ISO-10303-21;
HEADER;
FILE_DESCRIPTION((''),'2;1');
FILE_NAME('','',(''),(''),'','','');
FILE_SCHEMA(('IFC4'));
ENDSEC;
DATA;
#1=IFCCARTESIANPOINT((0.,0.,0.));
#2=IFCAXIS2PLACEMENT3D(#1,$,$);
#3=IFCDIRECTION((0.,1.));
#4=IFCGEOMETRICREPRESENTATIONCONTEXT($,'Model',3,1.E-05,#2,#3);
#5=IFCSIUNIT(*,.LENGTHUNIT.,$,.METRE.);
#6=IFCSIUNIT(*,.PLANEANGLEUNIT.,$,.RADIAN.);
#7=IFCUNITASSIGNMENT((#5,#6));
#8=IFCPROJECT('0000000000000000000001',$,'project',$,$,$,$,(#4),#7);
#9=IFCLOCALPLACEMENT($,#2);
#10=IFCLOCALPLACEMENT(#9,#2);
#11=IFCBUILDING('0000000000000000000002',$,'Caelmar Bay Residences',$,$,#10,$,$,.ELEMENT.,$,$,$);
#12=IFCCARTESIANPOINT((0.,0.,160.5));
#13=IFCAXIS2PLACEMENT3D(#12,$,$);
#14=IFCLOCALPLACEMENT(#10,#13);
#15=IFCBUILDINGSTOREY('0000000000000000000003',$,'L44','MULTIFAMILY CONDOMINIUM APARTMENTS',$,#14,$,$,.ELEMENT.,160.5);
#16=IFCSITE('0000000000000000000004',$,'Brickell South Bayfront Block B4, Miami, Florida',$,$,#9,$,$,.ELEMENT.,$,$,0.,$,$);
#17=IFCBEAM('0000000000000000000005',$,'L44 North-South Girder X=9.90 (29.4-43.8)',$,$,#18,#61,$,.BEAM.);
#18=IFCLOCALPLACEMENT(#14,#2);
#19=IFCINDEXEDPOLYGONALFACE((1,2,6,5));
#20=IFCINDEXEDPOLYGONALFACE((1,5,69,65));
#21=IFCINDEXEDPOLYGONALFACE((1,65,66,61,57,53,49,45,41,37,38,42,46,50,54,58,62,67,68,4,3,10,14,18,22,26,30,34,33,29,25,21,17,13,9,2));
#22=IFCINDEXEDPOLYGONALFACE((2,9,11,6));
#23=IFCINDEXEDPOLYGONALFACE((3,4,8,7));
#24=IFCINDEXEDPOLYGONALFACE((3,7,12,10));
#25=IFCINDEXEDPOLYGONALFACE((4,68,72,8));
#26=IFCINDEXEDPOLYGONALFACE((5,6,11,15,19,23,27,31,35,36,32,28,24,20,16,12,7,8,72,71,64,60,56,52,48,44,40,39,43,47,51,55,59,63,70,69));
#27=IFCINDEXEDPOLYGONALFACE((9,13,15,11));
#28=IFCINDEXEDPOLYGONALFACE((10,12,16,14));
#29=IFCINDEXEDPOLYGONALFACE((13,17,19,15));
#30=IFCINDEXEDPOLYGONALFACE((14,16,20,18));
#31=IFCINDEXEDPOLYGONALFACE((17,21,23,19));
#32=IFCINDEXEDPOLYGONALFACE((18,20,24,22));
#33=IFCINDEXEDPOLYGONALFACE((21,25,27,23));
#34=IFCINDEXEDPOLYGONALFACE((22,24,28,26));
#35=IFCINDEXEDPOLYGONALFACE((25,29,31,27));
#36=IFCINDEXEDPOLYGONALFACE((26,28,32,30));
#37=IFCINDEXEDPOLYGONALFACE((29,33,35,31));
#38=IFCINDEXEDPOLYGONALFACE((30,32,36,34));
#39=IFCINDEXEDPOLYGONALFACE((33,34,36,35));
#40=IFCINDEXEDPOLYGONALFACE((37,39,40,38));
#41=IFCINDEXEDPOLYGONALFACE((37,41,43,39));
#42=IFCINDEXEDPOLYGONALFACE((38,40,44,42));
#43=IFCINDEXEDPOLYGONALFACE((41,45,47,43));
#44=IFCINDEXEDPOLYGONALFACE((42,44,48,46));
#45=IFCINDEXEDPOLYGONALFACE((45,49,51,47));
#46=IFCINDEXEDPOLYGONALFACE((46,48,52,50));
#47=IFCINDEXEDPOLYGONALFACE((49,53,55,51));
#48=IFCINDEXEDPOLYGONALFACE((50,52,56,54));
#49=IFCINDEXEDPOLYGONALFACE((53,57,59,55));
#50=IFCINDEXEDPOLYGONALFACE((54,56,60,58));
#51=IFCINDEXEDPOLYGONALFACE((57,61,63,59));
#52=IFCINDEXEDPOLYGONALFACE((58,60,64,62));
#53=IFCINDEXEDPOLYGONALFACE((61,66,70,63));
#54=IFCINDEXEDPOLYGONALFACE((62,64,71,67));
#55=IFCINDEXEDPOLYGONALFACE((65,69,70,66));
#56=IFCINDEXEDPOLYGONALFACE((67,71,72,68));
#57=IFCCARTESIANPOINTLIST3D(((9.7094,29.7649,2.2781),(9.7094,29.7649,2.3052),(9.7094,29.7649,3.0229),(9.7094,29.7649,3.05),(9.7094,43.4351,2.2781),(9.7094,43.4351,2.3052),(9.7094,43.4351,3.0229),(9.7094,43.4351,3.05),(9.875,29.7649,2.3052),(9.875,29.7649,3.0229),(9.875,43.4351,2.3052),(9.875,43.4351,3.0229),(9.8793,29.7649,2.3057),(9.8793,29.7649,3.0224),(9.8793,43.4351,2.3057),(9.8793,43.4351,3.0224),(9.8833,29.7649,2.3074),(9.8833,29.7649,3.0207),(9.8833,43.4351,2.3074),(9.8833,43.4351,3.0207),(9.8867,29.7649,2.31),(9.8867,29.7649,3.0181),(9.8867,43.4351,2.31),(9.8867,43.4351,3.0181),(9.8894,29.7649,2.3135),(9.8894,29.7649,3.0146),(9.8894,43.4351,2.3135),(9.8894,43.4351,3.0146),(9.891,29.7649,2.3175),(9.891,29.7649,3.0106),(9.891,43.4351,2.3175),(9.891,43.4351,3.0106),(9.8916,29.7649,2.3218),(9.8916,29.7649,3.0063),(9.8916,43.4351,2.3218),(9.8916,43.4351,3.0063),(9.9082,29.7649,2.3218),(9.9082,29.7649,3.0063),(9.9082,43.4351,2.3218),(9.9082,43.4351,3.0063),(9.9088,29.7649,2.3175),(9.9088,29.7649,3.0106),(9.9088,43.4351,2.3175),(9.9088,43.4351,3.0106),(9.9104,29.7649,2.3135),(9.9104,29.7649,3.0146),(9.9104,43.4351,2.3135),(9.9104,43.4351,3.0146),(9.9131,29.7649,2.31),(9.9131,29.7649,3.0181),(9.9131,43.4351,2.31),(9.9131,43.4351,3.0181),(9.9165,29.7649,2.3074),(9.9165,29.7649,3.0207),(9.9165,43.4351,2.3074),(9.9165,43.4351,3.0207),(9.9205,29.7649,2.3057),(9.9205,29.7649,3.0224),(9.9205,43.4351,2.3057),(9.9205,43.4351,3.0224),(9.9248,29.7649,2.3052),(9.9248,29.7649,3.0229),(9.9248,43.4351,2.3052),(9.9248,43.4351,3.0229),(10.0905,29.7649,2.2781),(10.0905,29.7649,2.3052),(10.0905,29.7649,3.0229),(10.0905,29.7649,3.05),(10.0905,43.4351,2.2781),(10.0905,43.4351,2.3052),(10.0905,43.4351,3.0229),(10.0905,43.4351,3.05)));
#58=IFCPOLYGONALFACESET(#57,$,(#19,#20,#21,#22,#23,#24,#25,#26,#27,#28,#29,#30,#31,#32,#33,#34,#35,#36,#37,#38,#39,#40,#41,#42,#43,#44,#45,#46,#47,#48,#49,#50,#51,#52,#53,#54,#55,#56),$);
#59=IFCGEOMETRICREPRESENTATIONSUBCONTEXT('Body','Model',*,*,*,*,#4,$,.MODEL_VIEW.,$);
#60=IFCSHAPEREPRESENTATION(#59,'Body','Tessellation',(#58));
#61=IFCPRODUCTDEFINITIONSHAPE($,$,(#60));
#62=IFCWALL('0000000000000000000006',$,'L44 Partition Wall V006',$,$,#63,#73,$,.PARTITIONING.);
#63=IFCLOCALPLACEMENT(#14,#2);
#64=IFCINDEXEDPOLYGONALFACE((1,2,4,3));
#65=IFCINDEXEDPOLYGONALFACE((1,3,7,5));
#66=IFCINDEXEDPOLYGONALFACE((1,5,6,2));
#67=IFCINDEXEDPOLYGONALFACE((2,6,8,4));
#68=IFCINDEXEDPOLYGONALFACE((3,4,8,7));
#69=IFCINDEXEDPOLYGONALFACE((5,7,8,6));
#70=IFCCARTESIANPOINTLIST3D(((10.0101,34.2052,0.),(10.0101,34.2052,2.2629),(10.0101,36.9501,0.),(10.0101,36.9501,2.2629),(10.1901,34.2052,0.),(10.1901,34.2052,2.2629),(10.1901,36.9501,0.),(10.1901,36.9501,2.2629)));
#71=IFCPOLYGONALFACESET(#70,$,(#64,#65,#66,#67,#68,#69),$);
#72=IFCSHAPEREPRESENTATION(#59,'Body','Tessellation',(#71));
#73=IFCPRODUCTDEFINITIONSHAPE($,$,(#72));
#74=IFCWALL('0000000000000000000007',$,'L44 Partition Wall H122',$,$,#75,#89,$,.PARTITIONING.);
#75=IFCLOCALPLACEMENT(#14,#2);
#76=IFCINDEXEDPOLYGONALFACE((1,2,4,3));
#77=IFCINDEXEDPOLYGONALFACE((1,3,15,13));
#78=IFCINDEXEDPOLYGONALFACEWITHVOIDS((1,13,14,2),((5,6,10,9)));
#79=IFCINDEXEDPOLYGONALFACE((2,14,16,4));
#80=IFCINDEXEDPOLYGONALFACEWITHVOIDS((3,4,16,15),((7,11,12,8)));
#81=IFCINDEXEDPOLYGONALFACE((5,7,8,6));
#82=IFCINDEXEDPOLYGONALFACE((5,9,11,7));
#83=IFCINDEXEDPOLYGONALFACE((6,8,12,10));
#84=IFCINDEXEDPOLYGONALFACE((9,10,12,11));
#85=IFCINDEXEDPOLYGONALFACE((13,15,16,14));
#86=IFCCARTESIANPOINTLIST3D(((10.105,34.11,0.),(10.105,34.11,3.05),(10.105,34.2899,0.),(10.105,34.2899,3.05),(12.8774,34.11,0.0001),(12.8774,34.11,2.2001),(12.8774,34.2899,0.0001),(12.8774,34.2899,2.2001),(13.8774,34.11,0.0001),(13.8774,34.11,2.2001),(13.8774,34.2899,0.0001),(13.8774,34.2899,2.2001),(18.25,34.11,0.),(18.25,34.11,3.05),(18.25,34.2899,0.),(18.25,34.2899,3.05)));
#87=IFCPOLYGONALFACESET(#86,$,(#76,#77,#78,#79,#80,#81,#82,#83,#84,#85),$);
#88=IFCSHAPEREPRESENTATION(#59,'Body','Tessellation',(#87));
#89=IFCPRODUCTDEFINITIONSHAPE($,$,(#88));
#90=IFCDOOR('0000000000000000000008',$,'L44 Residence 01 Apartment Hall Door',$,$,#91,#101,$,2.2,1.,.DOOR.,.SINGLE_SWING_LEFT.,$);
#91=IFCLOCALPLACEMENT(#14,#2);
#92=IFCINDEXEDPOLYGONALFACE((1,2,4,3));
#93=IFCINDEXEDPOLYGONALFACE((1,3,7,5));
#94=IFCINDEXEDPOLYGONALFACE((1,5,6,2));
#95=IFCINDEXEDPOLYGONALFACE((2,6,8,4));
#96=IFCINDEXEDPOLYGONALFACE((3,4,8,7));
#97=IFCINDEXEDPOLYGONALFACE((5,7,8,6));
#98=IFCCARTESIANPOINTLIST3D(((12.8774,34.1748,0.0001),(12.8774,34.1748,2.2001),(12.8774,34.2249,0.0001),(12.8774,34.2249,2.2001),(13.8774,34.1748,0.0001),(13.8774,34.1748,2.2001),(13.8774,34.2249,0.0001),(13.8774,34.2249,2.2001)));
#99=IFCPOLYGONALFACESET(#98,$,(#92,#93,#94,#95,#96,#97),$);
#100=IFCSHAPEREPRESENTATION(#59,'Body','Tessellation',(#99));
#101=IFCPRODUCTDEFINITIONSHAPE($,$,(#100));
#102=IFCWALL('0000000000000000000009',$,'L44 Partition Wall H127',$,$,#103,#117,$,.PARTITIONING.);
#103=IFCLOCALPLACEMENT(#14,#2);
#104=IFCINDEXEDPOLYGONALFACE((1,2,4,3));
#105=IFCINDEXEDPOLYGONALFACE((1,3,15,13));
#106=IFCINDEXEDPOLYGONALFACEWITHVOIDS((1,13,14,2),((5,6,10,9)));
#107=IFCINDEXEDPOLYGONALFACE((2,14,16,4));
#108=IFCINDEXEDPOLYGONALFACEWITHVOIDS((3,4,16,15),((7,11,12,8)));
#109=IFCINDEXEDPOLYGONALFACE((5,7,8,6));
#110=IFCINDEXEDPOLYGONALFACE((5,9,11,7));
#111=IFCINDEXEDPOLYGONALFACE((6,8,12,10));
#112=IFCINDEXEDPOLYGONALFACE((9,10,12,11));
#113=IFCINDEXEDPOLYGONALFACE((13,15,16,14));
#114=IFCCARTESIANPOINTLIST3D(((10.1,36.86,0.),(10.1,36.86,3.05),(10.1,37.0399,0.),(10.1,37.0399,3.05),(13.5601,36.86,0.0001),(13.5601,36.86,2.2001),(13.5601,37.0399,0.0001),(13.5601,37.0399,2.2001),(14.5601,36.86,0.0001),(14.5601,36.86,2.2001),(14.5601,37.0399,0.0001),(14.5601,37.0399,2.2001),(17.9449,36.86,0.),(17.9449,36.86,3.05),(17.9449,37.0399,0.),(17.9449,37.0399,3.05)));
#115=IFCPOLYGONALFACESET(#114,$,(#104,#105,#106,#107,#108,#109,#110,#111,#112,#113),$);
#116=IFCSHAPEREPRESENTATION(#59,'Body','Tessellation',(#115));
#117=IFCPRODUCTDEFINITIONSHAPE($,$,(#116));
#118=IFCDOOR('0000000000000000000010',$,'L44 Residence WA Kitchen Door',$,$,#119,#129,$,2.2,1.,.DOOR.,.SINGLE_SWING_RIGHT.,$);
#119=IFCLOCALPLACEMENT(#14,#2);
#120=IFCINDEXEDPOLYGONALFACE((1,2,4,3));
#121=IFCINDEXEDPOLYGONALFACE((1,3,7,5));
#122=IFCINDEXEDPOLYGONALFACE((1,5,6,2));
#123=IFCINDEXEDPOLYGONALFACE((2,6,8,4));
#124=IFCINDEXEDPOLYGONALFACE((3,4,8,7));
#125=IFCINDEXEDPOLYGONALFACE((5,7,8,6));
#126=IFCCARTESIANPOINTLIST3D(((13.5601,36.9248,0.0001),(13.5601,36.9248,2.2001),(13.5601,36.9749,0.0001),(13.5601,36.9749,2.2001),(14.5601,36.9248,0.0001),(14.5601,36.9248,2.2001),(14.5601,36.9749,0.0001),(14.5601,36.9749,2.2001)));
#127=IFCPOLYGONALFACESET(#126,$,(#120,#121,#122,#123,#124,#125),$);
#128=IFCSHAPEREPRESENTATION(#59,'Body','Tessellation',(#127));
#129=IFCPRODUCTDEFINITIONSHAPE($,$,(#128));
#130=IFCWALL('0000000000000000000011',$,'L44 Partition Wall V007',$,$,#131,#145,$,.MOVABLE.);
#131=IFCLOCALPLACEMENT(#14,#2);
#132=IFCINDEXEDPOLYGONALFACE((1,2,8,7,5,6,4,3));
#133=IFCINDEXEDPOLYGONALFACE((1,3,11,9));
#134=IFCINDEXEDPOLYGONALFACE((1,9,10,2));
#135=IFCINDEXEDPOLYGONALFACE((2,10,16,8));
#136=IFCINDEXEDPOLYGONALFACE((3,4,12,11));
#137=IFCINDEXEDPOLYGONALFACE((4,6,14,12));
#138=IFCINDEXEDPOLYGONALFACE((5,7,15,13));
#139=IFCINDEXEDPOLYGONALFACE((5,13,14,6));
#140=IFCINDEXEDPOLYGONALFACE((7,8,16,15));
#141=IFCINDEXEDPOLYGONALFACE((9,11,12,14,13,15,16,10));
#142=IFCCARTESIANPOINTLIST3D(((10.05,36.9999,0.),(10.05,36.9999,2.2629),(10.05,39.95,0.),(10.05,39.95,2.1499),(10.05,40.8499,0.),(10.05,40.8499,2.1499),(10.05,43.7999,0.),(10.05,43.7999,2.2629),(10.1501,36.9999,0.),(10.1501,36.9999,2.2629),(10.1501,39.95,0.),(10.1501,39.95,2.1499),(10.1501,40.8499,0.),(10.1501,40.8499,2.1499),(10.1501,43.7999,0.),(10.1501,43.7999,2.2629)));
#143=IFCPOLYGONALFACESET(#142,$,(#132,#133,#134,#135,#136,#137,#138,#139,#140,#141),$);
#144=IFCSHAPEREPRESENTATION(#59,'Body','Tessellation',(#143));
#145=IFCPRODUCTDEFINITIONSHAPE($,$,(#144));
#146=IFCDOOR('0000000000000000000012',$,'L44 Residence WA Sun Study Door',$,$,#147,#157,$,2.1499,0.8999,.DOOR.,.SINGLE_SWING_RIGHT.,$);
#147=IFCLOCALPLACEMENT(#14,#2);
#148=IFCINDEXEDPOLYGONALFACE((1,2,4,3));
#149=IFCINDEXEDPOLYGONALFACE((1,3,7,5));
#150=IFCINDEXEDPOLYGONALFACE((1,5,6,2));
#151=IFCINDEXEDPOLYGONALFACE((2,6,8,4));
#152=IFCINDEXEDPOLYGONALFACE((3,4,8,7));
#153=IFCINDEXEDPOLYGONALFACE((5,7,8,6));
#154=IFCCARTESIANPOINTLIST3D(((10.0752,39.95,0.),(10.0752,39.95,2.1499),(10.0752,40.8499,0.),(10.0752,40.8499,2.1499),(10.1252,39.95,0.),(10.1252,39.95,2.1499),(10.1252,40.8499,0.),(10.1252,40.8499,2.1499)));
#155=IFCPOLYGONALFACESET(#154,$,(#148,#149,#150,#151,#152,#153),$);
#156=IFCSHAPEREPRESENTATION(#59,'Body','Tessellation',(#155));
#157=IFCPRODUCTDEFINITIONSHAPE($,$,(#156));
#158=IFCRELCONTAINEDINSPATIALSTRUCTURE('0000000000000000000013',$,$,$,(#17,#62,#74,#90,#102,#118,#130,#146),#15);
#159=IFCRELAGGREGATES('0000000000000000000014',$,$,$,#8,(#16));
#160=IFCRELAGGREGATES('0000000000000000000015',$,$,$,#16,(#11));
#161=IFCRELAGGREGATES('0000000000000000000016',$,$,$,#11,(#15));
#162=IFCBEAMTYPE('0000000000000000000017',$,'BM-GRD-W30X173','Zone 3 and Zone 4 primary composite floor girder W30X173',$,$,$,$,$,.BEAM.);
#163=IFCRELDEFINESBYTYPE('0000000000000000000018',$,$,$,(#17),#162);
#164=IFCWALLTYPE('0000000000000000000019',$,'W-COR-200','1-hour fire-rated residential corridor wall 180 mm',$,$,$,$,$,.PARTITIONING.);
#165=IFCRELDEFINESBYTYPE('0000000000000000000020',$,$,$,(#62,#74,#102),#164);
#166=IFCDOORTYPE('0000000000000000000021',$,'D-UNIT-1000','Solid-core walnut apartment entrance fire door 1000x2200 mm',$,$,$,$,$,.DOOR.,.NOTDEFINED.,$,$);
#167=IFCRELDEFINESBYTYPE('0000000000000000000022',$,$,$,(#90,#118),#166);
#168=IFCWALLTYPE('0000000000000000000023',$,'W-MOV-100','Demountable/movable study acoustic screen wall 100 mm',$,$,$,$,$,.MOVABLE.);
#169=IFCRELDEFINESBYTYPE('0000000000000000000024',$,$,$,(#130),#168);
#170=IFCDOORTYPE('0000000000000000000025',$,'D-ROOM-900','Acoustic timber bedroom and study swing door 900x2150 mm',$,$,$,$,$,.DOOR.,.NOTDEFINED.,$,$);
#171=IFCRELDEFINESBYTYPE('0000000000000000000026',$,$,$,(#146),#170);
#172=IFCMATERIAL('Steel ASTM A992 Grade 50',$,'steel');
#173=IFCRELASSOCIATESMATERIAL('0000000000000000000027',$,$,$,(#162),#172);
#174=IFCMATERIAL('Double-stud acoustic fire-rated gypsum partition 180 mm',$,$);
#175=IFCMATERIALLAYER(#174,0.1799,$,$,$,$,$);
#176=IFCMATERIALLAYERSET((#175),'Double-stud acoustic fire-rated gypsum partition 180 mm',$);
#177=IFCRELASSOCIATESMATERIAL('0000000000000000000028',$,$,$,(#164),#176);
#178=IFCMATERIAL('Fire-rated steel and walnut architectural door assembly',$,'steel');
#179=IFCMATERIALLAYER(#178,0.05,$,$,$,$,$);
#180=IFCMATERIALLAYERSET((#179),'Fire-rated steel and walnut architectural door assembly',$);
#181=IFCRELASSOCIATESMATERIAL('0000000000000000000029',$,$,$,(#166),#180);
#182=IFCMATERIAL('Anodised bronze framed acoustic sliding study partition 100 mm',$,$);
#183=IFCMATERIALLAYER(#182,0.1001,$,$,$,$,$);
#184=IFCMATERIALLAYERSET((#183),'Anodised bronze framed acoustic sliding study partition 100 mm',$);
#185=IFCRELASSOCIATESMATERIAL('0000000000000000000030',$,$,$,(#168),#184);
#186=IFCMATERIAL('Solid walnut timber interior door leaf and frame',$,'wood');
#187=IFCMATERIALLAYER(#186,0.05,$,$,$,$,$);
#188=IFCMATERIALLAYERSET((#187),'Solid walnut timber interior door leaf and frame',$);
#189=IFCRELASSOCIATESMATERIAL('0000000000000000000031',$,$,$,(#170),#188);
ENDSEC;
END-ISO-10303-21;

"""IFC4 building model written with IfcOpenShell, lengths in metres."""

from ifc_helpers import new_model, si_unit, direction, frame, frame_2d, origin, origin_2d, place, context, subcontext, project, spatial, rectangle, i_section, extrude, material, layer, layer_set, material_profile, profile_set, type_object, element, fill, save


model = new_model("IFC4")

# Units and contexts
model_context = context("Model", 3, precision=1e-05, world=origin(), true_north=direction((0.0, 1.0)))
body_context = subcontext(model_context, "Body", "Model", "MODEL_VIEW")
ifc_project = project(units=[si_unit("LENGTHUNIT", "METRE"), si_unit("PLANEANGLEUNIT", "RADIAN")], contexts=[model_context])

# Site, building, storey
site_placement = place(None, origin())
site = spatial("IfcSite", under=ifc_project, at=site_placement, Name="Brickell South Bayfront Block B4, Miami, Florida", CompositionType="ELEMENT", RefElevation=0.0)
building_placement = place(site_placement, origin())
building = spatial("IfcBuilding", under=site, at=building_placement, Name="Caelmar Bay Residences", CompositionType="ELEMENT")
storey_placement = place(building_placement, frame((0.0, 0.0, 160.5)))
storey = spatial("IfcBuildingStorey", under=building, at=storey_placement, Name="L44", Description="MULTIFAMILY CONDOMINIUM APARTMENTS", CompositionType="ELEMENT", Elevation=160.5)

# Beam
ifc_material_1 = material(Name="Steel ASTM A992 Grade 50", Category="steel")
ifc_material_profile_1 = material_profile(ifc_material_1, i_section(OverallWidth=0.3811, OverallDepth=0.772, WebThickness=0.0166, FlangeThickness=0.0271, FilletRadius=0.0166, at=origin_2d()), Name="W30X173")
ifc_profile_set_1 = profile_set([ifc_material_profile_1], Name="Steel ASTM A992 Grade 50")
beam_type = type_object("IfcBeamType", Name="BM-GRD-W30X173", Description="Zone 3 and Zone 4 primary composite floor girder W30X173", PredefinedType="BEAM", material=ifc_profile_set_1)
beam_placement = place(storey_placement, frame((9.8999, 29.7649, 2.6641), z_axis=(0.0, 1.0, 0.0), x_axis=(-1.0, 0.0, 0.0)))
element("IfcBeam", 1, at=beam_placement, inside=storey, type_object=beam_type, Name="L44 North-South Girder X=9.90 (29.4-43.8)", PredefinedType="BEAM", context=body_context, shape_type="SweptSolid", body=[
    extrude(i_section(OverallWidth=0.3811, OverallDepth=0.772, WebThickness=0.0166, FlangeThickness=0.0271, FilletRadius=0.0166, at=origin_2d()), origin(), (0.0, 0.0, 1.0), 13.6702),
])

# Shared definitions
ifc_material_2 = material(Name="Fire-rated steel and walnut architectural door assembly", Category="steel")

# Wall
ifc_material_3 = material(Name="Double-stud acoustic fire-rated gypsum partition 180 mm")
ifc_layer_1 = layer(ifc_material_3, 0.1799)
ifc_layer_set_1 = layer_set([ifc_layer_1], Name="Double-stud acoustic fire-rated gypsum partition 180 mm")
wall_type_1 = type_object("IfcWallType", Name="W-COR-200", Description="1-hour fire-rated residential corridor wall 180 mm", PredefinedType="PARTITIONING", material=ifc_layer_set_1)
wall_1_placement = place(storey_placement, frame((10.1001, 34.2051, 0.0), z_axis=(0.0, 0.0, 1.0), x_axis=(0.0, 1.0, 0.0)))
element("IfcWall", 2, at=wall_1_placement, inside=storey, type_object=wall_type_1, Name="L44 Partition Wall V006", PredefinedType="PARTITIONING", context=body_context, shape_type="SweptSolid", body=[
    extrude(rectangle(XDim=2.7449, YDim=0.1799, at=frame_2d((1.3726, 0.0))), origin(), (0.0, 0.0, 1.0), 2.2629),
])

# Walls, openings, doors
wall_2_placement = place(storey_placement, frame((10.105, 34.2, 0.0), z_axis=(0.0, 0.0, 1.0), x_axis=(1.0, 0.0, 0.0)))
wall_2 = element("IfcWall", 3, at=wall_2_placement, inside=storey, type_object=wall_type_1, Name="L44 Partition Wall H122", PredefinedType="PARTITIONING", context=body_context, shape_type="SweptSolid", body=[
    extrude(rectangle(XDim=8.145, YDim=0.1799, at=frame_2d((4.0725, 0.0))), origin(), (0.0, 0.0, 1.0), 3.05),
])
opening_1_placement = place(wall_2_placement, frame((2.7725, 0.0, 0.0)))
opening_1 = element("IfcOpeningElement", 4, at=opening_1_placement, cuts=wall_2, PredefinedType="OPENING", context=body_context, shape_type="SweptSolid", body=[
    extrude(rectangle(XDim=1.0, YDim=2.2, at=frame_2d((0.5, 1.1001))), frame((0.0, 0.0999, 0.0), z_axis=(0.0, -1.0, 0.0), x_axis=(1.0, 0.0, 0.0)), (0.0, 0.0, 1.0), 0.2),
])
ifc_layer_2 = layer(ifc_material_2, 0.05)
ifc_layer_set_2 = layer_set([ifc_layer_2], Name="Fire-rated steel and walnut architectural door assembly")
door_type_1 = type_object("IfcDoorType", Name="D-UNIT-1000", Description="Solid-core walnut apartment entrance fire door 1000x2200 mm", OperationType="NOTDEFINED", PredefinedType="DOOR", material=ifc_layer_set_2)
door_1_placement = place(opening_1_placement, origin())
door_1 = element("IfcDoor", 5, at=door_1_placement, inside=storey, type_object=door_type_1, Name="L44 Residence 01 Apartment Hall Door", OperationType="SINGLE_SWING_LEFT", OverallHeight=2.2, OverallWidth=1.0, PredefinedType="DOOR", context=body_context, shape_type="SweptSolid", body=[
    extrude(rectangle(XDim=1.0, YDim=2.2, at=frame_2d((0.5, 1.1001))), frame((0.0, 0.0249, 0.0), z_axis=(0.0, -1.0, 0.0), x_axis=(1.0, 0.0, 0.0)), (0.0, 0.0, 1.0), 0.05),
])
fill(opening_1, door_1)
wall_3_placement = place(storey_placement, frame((10.1001, 36.95, 0.0), z_axis=(0.0, 0.0, 1.0), x_axis=(1.0, 0.0, 0.0)))
wall_3 = element("IfcWall", 6, at=wall_3_placement, inside=storey, type_object=wall_type_1, Name="L44 Partition Wall H127", PredefinedType="PARTITIONING", context=body_context, shape_type="SweptSolid", body=[
    extrude(rectangle(XDim=7.845, YDim=0.1799, at=frame_2d((3.9224, 0.0))), origin(), (0.0, 0.0, 1.0), 3.05),
])
opening_2_placement = place(wall_3_placement, frame((3.46, 0.0, 0.0)))
opening_2 = element("IfcOpeningElement", 7, at=opening_2_placement, cuts=wall_3, PredefinedType="OPENING", context=body_context, shape_type="SweptSolid", body=[
    extrude(rectangle(XDim=1.0, YDim=2.2, at=frame_2d((0.5, 1.1001))), frame((0.0, 0.0999, 0.0), z_axis=(0.0, -1.0, 0.0), x_axis=(1.0, 0.0, 0.0)), (0.0, 0.0, 1.0), 0.2),
])
door_2_placement = place(opening_2_placement, origin())
door_2 = element("IfcDoor", 8, at=door_2_placement, inside=storey, type_object=door_type_1, Name="L44 Residence WA Kitchen Door", OperationType="SINGLE_SWING_RIGHT", OverallHeight=2.2, OverallWidth=1.0, PredefinedType="DOOR", context=body_context, shape_type="SweptSolid", body=[
    extrude(rectangle(XDim=1.0, YDim=2.2, at=frame_2d((0.5, 1.1001))), frame((0.0, 0.0249, 0.0), z_axis=(0.0, -1.0, 0.0), x_axis=(1.0, 0.0, 0.0)), (0.0, 0.0, 1.0), 0.05),
])
fill(opening_2, door_2)
ifc_material_4 = material(Name="Anodised bronze framed acoustic sliding study partition 100 mm")
ifc_layer_3 = layer(ifc_material_4, 0.1001)
ifc_layer_set_3 = layer_set([ifc_layer_3], Name="Anodised bronze framed acoustic sliding study partition 100 mm")
wall_type_2 = type_object("IfcWallType", Name="W-MOV-100", Description="Demountable/movable study acoustic screen wall 100 mm", PredefinedType="MOVABLE", material=ifc_layer_set_3)
wall_4_placement = place(storey_placement, frame((10.1001, 37.0, 0.0), z_axis=(0.0, 0.0, 1.0), x_axis=(0.0, 1.0, 0.0)))
wall_4 = element("IfcWall", 9, at=wall_4_placement, inside=storey, type_object=wall_type_2, Name="L44 Partition Wall V007", PredefinedType="MOVABLE", context=body_context, shape_type="SweptSolid", body=[
    extrude(rectangle(XDim=6.8, YDim=0.1001, at=frame_2d((3.3999, 0.0))), origin(), (0.0, 0.0, 1.0), 2.2629),
])
opening_3_placement = place(wall_4_placement, frame((2.95, 0.0, 0.0)))
opening_3 = element("IfcOpeningElement", 10, at=opening_3_placement, cuts=wall_4, PredefinedType="OPENING", context=body_context, shape_type="SweptSolid", body=[
    extrude(rectangle(XDim=0.8999, YDim=2.1499, at=frame_2d((0.45, 1.075))), frame((0.0, 0.0601, 0.0), z_axis=(0.0, -1.0, 0.0), x_axis=(1.0, 0.0, 0.0)), (0.0, 0.0, 1.0), 0.1201),
])
ifc_material_5 = material(Name="Solid walnut timber interior door leaf and frame", Category="wood")
ifc_layer_4 = layer(ifc_material_5, 0.05)
ifc_layer_set_4 = layer_set([ifc_layer_4], Name="Solid walnut timber interior door leaf and frame")
door_type_2 = type_object("IfcDoorType", Name="D-ROOM-900", Description="Acoustic timber bedroom and study swing door 900x2150 mm", OperationType="NOTDEFINED", PredefinedType="DOOR", material=ifc_layer_set_4)
door_3_placement = place(opening_3_placement, origin())
door_3 = element("IfcDoor", 11, at=door_3_placement, inside=storey, type_object=door_type_2, Name="L44 Residence WA Sun Study Door", OperationType="SINGLE_SWING_RIGHT", OverallHeight=2.1499, OverallWidth=0.8999, PredefinedType="DOOR", context=body_context, shape_type="SweptSolid", body=[
    extrude(rectangle(XDim=0.8999, YDim=2.1499, at=frame_2d((0.45, 1.075))), frame((0.0, 0.0249, 0.0), z_axis=(0.0, -1.0, 0.0), x_axis=(1.0, 0.0, 0.0)), (0.0, 0.0, 1.0), 0.05),
])
fill(opening_3, door_3)

save(model, "model.ifc")
